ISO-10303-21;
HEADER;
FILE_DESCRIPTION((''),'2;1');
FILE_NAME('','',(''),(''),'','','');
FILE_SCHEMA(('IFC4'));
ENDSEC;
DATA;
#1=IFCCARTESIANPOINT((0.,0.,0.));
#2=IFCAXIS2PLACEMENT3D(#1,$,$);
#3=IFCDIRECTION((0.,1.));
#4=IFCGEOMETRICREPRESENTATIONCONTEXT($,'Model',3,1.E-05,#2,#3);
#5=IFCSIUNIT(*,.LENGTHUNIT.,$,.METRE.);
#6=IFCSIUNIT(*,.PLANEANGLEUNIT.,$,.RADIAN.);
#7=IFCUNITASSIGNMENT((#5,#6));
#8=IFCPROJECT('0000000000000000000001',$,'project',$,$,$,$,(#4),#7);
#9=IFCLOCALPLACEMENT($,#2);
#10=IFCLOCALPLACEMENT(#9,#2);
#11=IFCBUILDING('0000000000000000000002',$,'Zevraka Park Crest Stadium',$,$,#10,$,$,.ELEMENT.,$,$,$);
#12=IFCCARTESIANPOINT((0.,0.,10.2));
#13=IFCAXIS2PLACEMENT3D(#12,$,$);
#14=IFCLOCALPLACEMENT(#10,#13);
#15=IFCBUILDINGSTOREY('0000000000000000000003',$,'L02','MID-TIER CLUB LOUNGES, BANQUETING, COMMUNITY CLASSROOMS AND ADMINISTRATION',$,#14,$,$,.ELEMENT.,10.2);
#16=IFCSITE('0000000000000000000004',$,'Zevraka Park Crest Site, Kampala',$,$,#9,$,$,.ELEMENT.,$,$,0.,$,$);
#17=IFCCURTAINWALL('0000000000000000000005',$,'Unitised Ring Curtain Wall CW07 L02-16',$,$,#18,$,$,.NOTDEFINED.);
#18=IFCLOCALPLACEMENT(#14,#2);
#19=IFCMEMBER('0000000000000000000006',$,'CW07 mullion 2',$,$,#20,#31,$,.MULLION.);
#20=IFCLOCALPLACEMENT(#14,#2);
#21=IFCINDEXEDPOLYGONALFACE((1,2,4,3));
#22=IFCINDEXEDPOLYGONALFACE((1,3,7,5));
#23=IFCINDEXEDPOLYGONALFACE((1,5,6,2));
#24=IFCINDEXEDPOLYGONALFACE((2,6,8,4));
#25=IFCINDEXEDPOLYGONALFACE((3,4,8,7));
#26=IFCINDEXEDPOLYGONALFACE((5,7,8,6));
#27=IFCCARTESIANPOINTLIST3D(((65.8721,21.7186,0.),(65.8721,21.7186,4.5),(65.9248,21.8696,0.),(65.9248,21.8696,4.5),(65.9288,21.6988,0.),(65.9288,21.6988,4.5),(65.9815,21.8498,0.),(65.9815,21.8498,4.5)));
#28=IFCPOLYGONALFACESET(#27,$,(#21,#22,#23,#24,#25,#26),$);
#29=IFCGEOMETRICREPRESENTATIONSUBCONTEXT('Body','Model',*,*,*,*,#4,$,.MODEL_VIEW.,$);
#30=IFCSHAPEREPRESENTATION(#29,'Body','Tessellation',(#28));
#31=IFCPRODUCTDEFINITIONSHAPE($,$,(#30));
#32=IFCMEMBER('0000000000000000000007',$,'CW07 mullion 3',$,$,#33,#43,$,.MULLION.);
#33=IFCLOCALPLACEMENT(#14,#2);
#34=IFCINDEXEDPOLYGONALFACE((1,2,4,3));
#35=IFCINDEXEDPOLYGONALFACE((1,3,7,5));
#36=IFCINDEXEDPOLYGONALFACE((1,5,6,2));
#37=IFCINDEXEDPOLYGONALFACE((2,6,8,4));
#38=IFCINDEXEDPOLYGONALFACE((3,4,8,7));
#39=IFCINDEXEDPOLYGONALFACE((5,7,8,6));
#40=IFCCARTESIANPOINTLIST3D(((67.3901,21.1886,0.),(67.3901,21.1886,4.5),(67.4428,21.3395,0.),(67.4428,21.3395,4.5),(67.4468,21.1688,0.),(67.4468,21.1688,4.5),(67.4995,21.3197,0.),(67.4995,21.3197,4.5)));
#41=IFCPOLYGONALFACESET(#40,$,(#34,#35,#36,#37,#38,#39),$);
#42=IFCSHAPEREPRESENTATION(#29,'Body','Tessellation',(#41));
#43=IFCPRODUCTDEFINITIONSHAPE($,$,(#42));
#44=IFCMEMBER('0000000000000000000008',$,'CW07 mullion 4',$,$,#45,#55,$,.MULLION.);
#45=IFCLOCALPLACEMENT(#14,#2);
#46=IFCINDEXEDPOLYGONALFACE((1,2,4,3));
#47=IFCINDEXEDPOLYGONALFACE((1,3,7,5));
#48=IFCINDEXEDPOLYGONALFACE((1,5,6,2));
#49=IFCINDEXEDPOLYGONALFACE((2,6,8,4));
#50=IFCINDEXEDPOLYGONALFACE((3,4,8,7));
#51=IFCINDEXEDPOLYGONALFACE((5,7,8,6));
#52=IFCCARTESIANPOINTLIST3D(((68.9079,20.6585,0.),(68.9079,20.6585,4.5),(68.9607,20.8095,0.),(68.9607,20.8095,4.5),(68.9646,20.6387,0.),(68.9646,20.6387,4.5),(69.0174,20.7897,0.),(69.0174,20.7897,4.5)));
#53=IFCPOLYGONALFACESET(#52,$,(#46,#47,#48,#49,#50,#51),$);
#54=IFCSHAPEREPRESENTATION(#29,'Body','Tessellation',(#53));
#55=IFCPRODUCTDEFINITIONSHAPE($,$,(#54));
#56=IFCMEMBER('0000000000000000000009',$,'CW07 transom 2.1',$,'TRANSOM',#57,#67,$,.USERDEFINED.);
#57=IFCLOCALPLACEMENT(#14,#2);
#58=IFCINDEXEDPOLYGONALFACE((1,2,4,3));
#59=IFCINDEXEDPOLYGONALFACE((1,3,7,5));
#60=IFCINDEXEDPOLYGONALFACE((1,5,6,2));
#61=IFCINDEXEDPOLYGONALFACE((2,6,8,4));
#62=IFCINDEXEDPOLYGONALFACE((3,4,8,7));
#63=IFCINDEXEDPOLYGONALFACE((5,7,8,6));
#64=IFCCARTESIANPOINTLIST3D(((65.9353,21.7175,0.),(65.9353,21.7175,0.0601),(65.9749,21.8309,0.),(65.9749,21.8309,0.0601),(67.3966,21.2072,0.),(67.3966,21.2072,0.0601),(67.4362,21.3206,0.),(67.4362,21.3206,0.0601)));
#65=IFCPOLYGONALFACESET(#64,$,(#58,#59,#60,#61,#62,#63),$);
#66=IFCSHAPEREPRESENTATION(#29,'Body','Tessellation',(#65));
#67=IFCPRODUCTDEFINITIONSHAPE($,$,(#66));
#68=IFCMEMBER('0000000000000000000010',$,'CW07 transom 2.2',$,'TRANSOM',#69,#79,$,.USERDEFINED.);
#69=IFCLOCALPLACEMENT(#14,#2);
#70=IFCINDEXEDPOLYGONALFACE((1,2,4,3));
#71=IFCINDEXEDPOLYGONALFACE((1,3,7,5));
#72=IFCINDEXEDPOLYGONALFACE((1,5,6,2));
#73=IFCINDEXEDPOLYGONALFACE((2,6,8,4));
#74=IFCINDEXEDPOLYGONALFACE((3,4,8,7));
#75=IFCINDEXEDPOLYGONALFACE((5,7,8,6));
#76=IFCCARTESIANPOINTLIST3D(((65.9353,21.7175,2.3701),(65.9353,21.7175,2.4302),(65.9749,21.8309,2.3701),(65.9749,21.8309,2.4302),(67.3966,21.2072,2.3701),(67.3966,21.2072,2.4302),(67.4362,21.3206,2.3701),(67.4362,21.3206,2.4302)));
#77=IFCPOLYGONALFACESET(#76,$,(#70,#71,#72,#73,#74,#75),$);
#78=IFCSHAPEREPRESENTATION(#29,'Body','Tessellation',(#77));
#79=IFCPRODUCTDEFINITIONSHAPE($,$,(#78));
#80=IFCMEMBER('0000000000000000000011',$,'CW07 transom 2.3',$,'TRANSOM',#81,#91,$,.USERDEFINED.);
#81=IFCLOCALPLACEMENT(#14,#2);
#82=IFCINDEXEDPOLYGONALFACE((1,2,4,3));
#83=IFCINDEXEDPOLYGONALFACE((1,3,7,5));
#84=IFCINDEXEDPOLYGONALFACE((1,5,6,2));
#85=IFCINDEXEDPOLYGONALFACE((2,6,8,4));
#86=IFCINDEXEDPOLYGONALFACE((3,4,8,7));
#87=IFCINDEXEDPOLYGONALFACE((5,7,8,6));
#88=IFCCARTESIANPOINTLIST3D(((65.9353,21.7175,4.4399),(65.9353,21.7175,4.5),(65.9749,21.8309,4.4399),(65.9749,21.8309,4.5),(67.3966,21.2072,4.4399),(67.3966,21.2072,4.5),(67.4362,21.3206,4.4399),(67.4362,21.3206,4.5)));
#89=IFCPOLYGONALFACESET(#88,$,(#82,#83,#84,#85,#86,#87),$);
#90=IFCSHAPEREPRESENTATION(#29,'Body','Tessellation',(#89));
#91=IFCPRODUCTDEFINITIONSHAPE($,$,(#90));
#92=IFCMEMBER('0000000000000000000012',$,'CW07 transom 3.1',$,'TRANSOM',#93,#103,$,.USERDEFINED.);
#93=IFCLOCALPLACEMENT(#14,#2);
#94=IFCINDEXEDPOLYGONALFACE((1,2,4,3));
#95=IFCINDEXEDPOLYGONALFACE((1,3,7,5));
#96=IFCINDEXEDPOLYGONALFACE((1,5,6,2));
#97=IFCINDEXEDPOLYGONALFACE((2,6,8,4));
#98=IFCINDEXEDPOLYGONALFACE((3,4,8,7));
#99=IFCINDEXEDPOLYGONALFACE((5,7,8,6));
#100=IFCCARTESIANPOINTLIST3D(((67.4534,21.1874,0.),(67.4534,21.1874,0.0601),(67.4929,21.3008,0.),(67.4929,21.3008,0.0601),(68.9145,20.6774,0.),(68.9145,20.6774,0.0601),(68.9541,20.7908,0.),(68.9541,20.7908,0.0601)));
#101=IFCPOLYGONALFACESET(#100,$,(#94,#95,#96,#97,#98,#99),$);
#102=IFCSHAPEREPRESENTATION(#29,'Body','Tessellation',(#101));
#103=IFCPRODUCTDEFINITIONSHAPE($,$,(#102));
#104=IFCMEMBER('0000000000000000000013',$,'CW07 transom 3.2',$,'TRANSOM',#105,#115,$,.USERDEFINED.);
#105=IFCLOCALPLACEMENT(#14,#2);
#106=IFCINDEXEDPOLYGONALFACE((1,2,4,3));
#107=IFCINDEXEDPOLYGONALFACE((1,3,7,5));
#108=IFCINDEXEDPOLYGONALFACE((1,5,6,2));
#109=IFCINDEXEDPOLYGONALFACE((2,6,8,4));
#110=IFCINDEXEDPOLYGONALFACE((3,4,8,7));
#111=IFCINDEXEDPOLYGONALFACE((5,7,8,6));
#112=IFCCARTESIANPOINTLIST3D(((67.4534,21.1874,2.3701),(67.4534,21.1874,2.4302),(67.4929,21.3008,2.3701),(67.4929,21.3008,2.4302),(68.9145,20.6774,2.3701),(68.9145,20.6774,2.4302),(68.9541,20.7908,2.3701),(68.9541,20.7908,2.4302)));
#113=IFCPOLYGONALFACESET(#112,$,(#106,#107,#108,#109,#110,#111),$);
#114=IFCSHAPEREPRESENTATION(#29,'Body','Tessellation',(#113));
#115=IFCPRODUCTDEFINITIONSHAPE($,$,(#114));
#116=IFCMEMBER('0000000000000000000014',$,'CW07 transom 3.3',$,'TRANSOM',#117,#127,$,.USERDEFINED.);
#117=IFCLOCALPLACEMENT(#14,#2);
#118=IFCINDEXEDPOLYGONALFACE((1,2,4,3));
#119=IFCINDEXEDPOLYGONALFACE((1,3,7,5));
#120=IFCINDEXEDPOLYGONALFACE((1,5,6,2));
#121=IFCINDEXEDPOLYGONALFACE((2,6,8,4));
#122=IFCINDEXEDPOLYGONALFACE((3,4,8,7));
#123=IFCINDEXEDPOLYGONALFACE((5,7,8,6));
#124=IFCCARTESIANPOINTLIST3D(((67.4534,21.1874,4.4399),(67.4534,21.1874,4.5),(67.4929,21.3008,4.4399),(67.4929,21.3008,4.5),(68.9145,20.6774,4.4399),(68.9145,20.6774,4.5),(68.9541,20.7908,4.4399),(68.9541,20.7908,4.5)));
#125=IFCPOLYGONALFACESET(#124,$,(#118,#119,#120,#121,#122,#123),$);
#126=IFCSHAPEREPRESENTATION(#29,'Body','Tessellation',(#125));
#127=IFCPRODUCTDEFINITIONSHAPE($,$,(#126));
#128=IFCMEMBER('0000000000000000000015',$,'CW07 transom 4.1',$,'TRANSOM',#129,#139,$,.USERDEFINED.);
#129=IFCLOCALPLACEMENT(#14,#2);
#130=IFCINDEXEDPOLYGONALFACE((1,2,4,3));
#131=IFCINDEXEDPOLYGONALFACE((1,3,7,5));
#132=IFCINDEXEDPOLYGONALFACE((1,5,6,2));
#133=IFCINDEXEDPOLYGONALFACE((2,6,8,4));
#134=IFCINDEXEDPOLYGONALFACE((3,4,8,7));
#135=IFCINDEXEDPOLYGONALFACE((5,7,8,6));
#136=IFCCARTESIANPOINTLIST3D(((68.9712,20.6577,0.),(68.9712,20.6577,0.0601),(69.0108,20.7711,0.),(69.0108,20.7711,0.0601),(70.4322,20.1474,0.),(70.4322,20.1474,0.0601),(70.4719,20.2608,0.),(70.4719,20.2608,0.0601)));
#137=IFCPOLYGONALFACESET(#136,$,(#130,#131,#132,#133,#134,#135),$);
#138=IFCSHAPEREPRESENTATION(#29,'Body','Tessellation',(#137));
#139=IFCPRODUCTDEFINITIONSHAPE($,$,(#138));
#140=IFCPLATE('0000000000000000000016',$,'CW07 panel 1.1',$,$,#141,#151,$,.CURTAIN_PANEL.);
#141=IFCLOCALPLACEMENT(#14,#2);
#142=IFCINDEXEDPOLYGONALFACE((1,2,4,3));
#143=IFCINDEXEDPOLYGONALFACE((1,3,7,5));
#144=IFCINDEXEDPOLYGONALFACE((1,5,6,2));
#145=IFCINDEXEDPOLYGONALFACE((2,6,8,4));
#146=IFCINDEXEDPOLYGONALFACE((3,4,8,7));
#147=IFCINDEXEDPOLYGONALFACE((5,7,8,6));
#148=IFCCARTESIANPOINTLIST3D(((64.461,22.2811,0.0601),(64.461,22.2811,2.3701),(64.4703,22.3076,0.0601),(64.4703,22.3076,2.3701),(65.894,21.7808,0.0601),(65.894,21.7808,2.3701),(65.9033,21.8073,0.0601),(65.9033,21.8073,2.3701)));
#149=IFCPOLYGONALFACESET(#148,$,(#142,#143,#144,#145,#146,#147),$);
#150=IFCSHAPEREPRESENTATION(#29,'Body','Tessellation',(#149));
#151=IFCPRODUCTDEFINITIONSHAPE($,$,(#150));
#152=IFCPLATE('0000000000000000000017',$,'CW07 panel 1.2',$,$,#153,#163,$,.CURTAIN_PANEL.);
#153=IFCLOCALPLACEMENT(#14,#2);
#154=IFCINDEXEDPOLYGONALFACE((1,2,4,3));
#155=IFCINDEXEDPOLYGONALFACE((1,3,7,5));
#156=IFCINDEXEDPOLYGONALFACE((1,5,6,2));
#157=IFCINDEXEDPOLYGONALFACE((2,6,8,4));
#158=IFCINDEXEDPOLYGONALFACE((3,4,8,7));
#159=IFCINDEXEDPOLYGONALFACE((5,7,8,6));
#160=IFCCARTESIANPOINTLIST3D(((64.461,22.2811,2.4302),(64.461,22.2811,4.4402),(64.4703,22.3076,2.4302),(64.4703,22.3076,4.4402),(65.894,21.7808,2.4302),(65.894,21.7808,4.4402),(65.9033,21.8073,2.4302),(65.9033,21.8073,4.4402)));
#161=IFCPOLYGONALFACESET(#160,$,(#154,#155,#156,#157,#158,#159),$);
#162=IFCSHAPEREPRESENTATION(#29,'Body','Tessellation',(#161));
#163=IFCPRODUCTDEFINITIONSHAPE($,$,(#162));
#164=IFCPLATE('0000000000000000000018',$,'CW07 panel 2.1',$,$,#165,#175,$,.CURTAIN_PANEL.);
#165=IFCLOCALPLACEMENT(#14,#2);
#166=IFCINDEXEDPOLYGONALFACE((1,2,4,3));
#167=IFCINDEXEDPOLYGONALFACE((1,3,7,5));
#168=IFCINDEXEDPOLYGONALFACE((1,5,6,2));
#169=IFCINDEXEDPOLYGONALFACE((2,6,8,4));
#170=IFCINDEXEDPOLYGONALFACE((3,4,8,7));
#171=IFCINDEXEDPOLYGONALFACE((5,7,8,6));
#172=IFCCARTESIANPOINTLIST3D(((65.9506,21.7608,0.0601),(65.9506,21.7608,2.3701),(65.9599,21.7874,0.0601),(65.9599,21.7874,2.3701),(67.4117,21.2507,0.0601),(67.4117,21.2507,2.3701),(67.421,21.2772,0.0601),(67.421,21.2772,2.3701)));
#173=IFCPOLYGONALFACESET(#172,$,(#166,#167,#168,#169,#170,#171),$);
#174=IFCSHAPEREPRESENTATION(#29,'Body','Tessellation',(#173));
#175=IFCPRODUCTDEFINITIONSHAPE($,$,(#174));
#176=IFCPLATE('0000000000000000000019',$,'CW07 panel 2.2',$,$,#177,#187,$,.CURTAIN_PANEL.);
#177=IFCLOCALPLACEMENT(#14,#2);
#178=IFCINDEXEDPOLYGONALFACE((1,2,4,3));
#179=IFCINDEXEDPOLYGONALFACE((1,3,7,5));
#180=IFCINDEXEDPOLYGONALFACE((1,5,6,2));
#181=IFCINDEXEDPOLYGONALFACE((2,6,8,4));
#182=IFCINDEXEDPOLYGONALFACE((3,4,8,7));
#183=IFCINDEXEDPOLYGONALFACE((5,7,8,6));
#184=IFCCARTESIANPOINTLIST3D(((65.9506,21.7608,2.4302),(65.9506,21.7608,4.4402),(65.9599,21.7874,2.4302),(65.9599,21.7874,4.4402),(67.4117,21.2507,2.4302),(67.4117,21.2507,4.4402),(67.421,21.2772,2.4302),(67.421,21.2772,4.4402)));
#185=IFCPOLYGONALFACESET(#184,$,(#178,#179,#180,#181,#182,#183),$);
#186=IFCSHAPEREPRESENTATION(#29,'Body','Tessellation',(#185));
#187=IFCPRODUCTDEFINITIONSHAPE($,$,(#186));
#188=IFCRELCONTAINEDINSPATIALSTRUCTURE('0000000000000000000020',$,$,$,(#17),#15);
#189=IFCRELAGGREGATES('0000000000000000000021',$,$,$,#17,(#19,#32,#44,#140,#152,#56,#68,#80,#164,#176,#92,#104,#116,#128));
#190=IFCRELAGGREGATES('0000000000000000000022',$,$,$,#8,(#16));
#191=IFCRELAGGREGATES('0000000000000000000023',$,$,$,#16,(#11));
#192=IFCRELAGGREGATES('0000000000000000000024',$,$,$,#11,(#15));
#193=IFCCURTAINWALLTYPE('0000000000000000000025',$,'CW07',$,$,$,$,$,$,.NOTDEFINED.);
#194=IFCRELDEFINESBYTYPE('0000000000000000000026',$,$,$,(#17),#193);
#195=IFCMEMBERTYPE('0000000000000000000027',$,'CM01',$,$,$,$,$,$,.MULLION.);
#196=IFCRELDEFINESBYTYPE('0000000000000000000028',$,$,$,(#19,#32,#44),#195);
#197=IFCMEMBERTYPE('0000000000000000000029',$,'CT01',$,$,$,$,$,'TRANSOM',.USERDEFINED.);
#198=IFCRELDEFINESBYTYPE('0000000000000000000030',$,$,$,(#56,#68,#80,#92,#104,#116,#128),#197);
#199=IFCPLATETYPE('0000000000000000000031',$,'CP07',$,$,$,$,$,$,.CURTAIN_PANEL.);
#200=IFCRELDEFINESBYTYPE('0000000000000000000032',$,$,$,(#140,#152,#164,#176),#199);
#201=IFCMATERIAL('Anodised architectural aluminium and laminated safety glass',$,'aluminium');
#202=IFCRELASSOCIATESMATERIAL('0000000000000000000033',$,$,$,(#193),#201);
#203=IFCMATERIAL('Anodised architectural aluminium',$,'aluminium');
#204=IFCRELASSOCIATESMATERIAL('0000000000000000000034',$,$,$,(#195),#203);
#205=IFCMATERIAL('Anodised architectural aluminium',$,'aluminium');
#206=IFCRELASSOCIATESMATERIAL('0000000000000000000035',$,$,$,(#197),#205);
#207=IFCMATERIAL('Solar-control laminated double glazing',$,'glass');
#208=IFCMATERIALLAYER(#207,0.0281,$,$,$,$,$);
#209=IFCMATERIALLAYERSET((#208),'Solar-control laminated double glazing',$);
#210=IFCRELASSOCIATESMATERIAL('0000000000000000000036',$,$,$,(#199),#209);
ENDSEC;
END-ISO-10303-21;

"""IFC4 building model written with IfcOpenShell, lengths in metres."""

from ifc_helpers import new_model, si_unit, direction, frame, origin, origin_2d, place, context, subcontext, project, spatial, rectangle, extrude, material, layer, layer_set, material_profile, profile_set, type_object, element, aggregate, save


model = new_model("IFC4")

# Units and contexts
model_context = context("Model", 3, precision=1e-05, world=origin(), true_north=direction((0.0, 1.0)))
body_context = subcontext(model_context, "Body", "Model", "MODEL_VIEW")
ifc_project = project(units=[si_unit("LENGTHUNIT", "METRE"), si_unit("PLANEANGLEUNIT", "RADIAN")], contexts=[model_context])

# Site, building, storey
site_placement = place(None, origin())
site = spatial("IfcSite", under=ifc_project, at=site_placement, Name="Zevraka Park Crest Site, Kampala", CompositionType="ELEMENT", RefElevation=0.0)
building_placement = place(site_placement, origin())
building = spatial("IfcBuilding", under=site, at=building_placement, Name="Zevraka Park Crest Stadium", CompositionType="ELEMENT")
storey_placement = place(building_placement, frame((0.0, 0.0, 10.2)))
storey = spatial("IfcBuildingStorey", under=building, at=storey_placement, Name="L02", Description="MID-TIER CLUB LOUNGES, BANQUETING, COMMUNITY CLASSROOMS AND ADMINISTRATION", CompositionType="ELEMENT", Elevation=10.2)

# Curtain wall, members, plates
ifc_material_1 = material(Name="Anodised architectural aluminium and laminated safety glass", Category="aluminium")
curtain_wall_type = type_object("IfcCurtainWallType", Name="CW07", PredefinedType="NOTDEFINED", material=ifc_material_1)
curtain_wall_placement = place(storey_placement, origin())
curtain_wall = element("IfcCurtainWall", 1, at=curtain_wall_placement, inside=storey, type_object=curtain_wall_type, Name="Unitised Ring Curtain Wall CW07 L02-16", PredefinedType="NOTDEFINED")
ifc_material_2 = material(Name="Anodised architectural aluminium", Category="aluminium")
ifc_material_profile_1 = material_profile(ifc_material_2, rectangle(XDim=0.1599, YDim=0.0601, at=origin_2d()), Name="ALU MULLION 160x60")
ifc_profile_set_1 = profile_set([ifc_material_profile_1], Name="Anodised architectural aluminium")
member_type_1 = type_object("IfcMemberType", Name="CM01", PredefinedType="MULLION", material=ifc_profile_set_1)
member_1_placement = place(storey_placement, frame((65.9268, 21.7842, 0.0), z_axis=(0.0, 0.0, 1.0), x_axis=(0.329619, 0.944114, 0.0)))
member_1 = element("IfcMember", 2, at=member_1_placement, type_object=member_type_1, Name="CW07 mullion 2", PredefinedType="MULLION", context=body_context, shape_type="SweptSolid", body=[
    extrude(rectangle(XDim=0.1599, YDim=0.0601, at=origin_2d()), origin(), (0.0, 0.0, 1.0), 4.5),
])
member_2_placement = place(storey_placement, frame((67.4448, 21.2542, 0.0), z_axis=(0.0, 0.0, 1.0), x_axis=(0.329619, 0.944114, 0.0)))
member_2 = element("IfcMember", 3, at=member_2_placement, type_object=member_type_1, Name="CW07 mullion 3", PredefinedType="MULLION", context=body_context, shape_type="SweptSolid", body=[
    extrude(rectangle(XDim=0.1599, YDim=0.0601, at=origin_2d()), origin(), (0.0, 0.0, 1.0), 4.5),
])
member_3_placement = place(storey_placement, frame((68.9626, 20.7241, 0.0), z_axis=(0.0, 0.0, 1.0), x_axis=(0.329619, 0.944114, 0.0)))
member_3 = element("IfcMember", 4, at=member_3_placement, type_object=member_type_1, Name="CW07 mullion 4", PredefinedType="MULLION", context=body_context, shape_type="SweptSolid", body=[
    extrude(rectangle(XDim=0.1599, YDim=0.0601, at=origin_2d()), origin(), (0.0, 0.0, 1.0), 4.5),
])
ifc_material_3 = material(Name="Anodised architectural aluminium", Category="aluminium")
ifc_material_profile_2 = material_profile(ifc_material_3, rectangle(XDim=0.1201, YDim=0.0601, at=origin_2d()), Name="ALU TRANSOM 120x60")
ifc_profile_set_2 = profile_set([ifc_material_profile_2], Name="Anodised architectural aluminium")
member_type_2 = type_object("IfcMemberType", Name="CT01", ElementType="TRANSOM", PredefinedType="USERDEFINED", material=ifc_profile_set_2)
member_4_placement = place(storey_placement, frame((65.9551, 21.7742, 0.03), z_axis=(0.944109, -0.329634, 0.0), x_axis=(0.329634, 0.944109, 0.0)))
member_4 = element("IfcMember", 5, at=member_4_placement, type_object=member_type_2, Name="CW07 transom 2.1", ObjectType="TRANSOM", PredefinedType="USERDEFINED", context=body_context, shape_type="SweptSolid", body=[
    extrude(rectangle(XDim=0.1201, YDim=0.0601, at=origin_2d()), origin(), (0.0, 0.0, 1.0), 1.5479),
])
member_5_placement = place(storey_placement, frame((65.9551, 21.7742, 2.4001), z_axis=(0.944109, -0.329634, 0.0), x_axis=(0.329634, 0.944109, 0.0)))
member_5 = element("IfcMember", 6, at=member_5_placement, type_object=member_type_2, Name="CW07 transom 2.2", ObjectType="TRANSOM", PredefinedType="USERDEFINED", context=body_context, shape_type="SweptSolid", body=[
    extrude(rectangle(XDim=0.1201, YDim=0.0601, at=origin_2d()), origin(), (0.0, 0.0, 1.0), 1.5479),
])
member_6_placement = place(storey_placement, frame((65.9551, 21.7742, 4.47), z_axis=(0.944109, -0.329634, 0.0), x_axis=(0.329634, 0.944109, 0.0)))
member_6 = element("IfcMember", 7, at=member_6_placement, type_object=member_type_2, Name="CW07 transom 2.3", ObjectType="TRANSOM", PredefinedType="USERDEFINED", context=body_context, shape_type="SweptSolid", body=[
    extrude(rectangle(XDim=0.1201, YDim=0.0601, at=origin_2d()), origin(), (0.0, 0.0, 1.0), 1.5479),
])
member_7_placement = place(storey_placement, frame((67.4731, 21.2441, 0.03), z_axis=(0.944141, -0.329542, 0.0), x_axis=(0.329542, 0.944141, 0.0)))
member_7 = element("IfcMember", 8, at=member_7_placement, type_object=member_type_2, Name="CW07 transom 3.1", ObjectType="TRANSOM", PredefinedType="USERDEFINED", context=body_context, shape_type="SweptSolid", body=[
    extrude(rectangle(XDim=0.1201, YDim=0.0601, at=origin_2d()), origin(), (0.0, 0.0, 1.0), 1.5476),
])
member_8_placement = place(storey_placement, frame((67.4731, 21.2441, 2.4001), z_axis=(0.944141, -0.329542, 0.0), x_axis=(0.329542, 0.944141, 0.0)))
member_8 = element("IfcMember", 9, at=member_8_placement, type_object=member_type_2, Name="CW07 transom 3.2", ObjectType="TRANSOM", PredefinedType="USERDEFINED", context=body_context, shape_type="SweptSolid", body=[
    extrude(rectangle(XDim=0.1201, YDim=0.0601, at=origin_2d()), origin(), (0.0, 0.0, 1.0), 1.5476),
])
member_9_placement = place(storey_placement, frame((67.4731, 21.2441, 4.47), z_axis=(0.944141, -0.329542, 0.0), x_axis=(0.329542, 0.944141, 0.0)))
member_9 = element("IfcMember", 10, at=member_9_placement, type_object=member_type_2, Name="CW07 transom 3.3", ObjectType="TRANSOM", PredefinedType="USERDEFINED", context=body_context, shape_type="SweptSolid", body=[
    extrude(rectangle(XDim=0.1201, YDim=0.0601, at=origin_2d()), origin(), (0.0, 0.0, 1.0), 1.5476),
])
member_10_placement = place(storey_placement, frame((68.991, 20.7144, 0.03), z_axis=(0.944092, -0.329683, 0.0), x_axis=(0.329683, 0.944092, 0.0)))
member_10 = element("IfcMember", 11, at=member_10_placement, type_object=member_type_2, Name="CW07 transom 4.1", ObjectType="TRANSOM", PredefinedType="USERDEFINED", context=body_context, shape_type="SweptSolid", body=[
    extrude(rectangle(XDim=0.1201, YDim=0.0601, at=origin_2d()), origin(), (0.0, 0.0, 1.0), 1.5476),
])
ifc_material_4 = material(Name="Solar-control laminated double glazing", Category="glass")
ifc_layer_1 = layer(ifc_material_4, 0.0281)
ifc_layer_set_1 = layer_set([ifc_layer_1], Name="Solar-control laminated double glazing")
plate_type = type_object("IfcPlateType", Name="CP07", PredefinedType="CURTAIN_PANEL", material=ifc_layer_set_1)
plate_1_placement = place(storey_placement, frame((65.1821, 22.0442, 0.0601), z_axis=(0.0, 0.0, 1.0), x_axis=(0.944114, -0.329619, 0.0)))
plate_1 = element("IfcPlate", 12, at=plate_1_placement, type_object=plate_type, Name="CW07 panel 1.1", PredefinedType="CURTAIN_PANEL", context=body_context, shape_type="SweptSolid", body=[
    extrude(rectangle(XDim=1.5178, YDim=0.0281, at=origin_2d()), origin(), (0.0, 0.0, 1.0), 2.3101),
])
plate_2_placement = place(storey_placement, frame((65.1821, 22.0442, 2.4302), z_axis=(0.0, 0.0, 1.0), x_axis=(0.944114, -0.329619, 0.0)))
plate_2 = element("IfcPlate", 13, at=plate_2_placement, type_object=plate_type, Name="CW07 panel 1.2", PredefinedType="CURTAIN_PANEL", context=body_context, shape_type="SweptSolid", body=[
    extrude(rectangle(XDim=1.5178, YDim=0.0281, at=origin_2d()), origin(), (0.0, 0.0, 1.0), 2.01),
])
plate_3_placement = place(storey_placement, frame((66.6858, 21.519, 0.0601), z_axis=(0.0, 0.0, 1.0), x_axis=(0.944114, -0.329619, 0.0)))
plate_3 = element("IfcPlate", 14, at=plate_3_placement, type_object=plate_type, Name="CW07 panel 2.1", PredefinedType="CURTAIN_PANEL", context=body_context, shape_type="SweptSolid", body=[
    extrude(rectangle(XDim=1.5476, YDim=0.0281, at=origin_2d()), origin(), (0.0, 0.0, 1.0), 2.3101),
])
plate_4_placement = place(storey_placement, frame((66.6858, 21.519, 2.4302), z_axis=(0.0, 0.0, 1.0), x_axis=(0.944114, -0.329619, 0.0)))
plate_4 = element("IfcPlate", 15, at=plate_4_placement, type_object=plate_type, Name="CW07 panel 2.2", PredefinedType="CURTAIN_PANEL", context=body_context, shape_type="SweptSolid", body=[
    extrude(rectangle(XDim=1.5476, YDim=0.0281, at=origin_2d()), origin(), (0.0, 0.0, 1.0), 2.01),
])
aggregate(curtain_wall, [member_1, member_2, member_3, plate_1, plate_2, member_4, member_5, member_6, plate_3, plate_4, member_7, member_8, member_9, member_10])

save(model, "model.ifc")
